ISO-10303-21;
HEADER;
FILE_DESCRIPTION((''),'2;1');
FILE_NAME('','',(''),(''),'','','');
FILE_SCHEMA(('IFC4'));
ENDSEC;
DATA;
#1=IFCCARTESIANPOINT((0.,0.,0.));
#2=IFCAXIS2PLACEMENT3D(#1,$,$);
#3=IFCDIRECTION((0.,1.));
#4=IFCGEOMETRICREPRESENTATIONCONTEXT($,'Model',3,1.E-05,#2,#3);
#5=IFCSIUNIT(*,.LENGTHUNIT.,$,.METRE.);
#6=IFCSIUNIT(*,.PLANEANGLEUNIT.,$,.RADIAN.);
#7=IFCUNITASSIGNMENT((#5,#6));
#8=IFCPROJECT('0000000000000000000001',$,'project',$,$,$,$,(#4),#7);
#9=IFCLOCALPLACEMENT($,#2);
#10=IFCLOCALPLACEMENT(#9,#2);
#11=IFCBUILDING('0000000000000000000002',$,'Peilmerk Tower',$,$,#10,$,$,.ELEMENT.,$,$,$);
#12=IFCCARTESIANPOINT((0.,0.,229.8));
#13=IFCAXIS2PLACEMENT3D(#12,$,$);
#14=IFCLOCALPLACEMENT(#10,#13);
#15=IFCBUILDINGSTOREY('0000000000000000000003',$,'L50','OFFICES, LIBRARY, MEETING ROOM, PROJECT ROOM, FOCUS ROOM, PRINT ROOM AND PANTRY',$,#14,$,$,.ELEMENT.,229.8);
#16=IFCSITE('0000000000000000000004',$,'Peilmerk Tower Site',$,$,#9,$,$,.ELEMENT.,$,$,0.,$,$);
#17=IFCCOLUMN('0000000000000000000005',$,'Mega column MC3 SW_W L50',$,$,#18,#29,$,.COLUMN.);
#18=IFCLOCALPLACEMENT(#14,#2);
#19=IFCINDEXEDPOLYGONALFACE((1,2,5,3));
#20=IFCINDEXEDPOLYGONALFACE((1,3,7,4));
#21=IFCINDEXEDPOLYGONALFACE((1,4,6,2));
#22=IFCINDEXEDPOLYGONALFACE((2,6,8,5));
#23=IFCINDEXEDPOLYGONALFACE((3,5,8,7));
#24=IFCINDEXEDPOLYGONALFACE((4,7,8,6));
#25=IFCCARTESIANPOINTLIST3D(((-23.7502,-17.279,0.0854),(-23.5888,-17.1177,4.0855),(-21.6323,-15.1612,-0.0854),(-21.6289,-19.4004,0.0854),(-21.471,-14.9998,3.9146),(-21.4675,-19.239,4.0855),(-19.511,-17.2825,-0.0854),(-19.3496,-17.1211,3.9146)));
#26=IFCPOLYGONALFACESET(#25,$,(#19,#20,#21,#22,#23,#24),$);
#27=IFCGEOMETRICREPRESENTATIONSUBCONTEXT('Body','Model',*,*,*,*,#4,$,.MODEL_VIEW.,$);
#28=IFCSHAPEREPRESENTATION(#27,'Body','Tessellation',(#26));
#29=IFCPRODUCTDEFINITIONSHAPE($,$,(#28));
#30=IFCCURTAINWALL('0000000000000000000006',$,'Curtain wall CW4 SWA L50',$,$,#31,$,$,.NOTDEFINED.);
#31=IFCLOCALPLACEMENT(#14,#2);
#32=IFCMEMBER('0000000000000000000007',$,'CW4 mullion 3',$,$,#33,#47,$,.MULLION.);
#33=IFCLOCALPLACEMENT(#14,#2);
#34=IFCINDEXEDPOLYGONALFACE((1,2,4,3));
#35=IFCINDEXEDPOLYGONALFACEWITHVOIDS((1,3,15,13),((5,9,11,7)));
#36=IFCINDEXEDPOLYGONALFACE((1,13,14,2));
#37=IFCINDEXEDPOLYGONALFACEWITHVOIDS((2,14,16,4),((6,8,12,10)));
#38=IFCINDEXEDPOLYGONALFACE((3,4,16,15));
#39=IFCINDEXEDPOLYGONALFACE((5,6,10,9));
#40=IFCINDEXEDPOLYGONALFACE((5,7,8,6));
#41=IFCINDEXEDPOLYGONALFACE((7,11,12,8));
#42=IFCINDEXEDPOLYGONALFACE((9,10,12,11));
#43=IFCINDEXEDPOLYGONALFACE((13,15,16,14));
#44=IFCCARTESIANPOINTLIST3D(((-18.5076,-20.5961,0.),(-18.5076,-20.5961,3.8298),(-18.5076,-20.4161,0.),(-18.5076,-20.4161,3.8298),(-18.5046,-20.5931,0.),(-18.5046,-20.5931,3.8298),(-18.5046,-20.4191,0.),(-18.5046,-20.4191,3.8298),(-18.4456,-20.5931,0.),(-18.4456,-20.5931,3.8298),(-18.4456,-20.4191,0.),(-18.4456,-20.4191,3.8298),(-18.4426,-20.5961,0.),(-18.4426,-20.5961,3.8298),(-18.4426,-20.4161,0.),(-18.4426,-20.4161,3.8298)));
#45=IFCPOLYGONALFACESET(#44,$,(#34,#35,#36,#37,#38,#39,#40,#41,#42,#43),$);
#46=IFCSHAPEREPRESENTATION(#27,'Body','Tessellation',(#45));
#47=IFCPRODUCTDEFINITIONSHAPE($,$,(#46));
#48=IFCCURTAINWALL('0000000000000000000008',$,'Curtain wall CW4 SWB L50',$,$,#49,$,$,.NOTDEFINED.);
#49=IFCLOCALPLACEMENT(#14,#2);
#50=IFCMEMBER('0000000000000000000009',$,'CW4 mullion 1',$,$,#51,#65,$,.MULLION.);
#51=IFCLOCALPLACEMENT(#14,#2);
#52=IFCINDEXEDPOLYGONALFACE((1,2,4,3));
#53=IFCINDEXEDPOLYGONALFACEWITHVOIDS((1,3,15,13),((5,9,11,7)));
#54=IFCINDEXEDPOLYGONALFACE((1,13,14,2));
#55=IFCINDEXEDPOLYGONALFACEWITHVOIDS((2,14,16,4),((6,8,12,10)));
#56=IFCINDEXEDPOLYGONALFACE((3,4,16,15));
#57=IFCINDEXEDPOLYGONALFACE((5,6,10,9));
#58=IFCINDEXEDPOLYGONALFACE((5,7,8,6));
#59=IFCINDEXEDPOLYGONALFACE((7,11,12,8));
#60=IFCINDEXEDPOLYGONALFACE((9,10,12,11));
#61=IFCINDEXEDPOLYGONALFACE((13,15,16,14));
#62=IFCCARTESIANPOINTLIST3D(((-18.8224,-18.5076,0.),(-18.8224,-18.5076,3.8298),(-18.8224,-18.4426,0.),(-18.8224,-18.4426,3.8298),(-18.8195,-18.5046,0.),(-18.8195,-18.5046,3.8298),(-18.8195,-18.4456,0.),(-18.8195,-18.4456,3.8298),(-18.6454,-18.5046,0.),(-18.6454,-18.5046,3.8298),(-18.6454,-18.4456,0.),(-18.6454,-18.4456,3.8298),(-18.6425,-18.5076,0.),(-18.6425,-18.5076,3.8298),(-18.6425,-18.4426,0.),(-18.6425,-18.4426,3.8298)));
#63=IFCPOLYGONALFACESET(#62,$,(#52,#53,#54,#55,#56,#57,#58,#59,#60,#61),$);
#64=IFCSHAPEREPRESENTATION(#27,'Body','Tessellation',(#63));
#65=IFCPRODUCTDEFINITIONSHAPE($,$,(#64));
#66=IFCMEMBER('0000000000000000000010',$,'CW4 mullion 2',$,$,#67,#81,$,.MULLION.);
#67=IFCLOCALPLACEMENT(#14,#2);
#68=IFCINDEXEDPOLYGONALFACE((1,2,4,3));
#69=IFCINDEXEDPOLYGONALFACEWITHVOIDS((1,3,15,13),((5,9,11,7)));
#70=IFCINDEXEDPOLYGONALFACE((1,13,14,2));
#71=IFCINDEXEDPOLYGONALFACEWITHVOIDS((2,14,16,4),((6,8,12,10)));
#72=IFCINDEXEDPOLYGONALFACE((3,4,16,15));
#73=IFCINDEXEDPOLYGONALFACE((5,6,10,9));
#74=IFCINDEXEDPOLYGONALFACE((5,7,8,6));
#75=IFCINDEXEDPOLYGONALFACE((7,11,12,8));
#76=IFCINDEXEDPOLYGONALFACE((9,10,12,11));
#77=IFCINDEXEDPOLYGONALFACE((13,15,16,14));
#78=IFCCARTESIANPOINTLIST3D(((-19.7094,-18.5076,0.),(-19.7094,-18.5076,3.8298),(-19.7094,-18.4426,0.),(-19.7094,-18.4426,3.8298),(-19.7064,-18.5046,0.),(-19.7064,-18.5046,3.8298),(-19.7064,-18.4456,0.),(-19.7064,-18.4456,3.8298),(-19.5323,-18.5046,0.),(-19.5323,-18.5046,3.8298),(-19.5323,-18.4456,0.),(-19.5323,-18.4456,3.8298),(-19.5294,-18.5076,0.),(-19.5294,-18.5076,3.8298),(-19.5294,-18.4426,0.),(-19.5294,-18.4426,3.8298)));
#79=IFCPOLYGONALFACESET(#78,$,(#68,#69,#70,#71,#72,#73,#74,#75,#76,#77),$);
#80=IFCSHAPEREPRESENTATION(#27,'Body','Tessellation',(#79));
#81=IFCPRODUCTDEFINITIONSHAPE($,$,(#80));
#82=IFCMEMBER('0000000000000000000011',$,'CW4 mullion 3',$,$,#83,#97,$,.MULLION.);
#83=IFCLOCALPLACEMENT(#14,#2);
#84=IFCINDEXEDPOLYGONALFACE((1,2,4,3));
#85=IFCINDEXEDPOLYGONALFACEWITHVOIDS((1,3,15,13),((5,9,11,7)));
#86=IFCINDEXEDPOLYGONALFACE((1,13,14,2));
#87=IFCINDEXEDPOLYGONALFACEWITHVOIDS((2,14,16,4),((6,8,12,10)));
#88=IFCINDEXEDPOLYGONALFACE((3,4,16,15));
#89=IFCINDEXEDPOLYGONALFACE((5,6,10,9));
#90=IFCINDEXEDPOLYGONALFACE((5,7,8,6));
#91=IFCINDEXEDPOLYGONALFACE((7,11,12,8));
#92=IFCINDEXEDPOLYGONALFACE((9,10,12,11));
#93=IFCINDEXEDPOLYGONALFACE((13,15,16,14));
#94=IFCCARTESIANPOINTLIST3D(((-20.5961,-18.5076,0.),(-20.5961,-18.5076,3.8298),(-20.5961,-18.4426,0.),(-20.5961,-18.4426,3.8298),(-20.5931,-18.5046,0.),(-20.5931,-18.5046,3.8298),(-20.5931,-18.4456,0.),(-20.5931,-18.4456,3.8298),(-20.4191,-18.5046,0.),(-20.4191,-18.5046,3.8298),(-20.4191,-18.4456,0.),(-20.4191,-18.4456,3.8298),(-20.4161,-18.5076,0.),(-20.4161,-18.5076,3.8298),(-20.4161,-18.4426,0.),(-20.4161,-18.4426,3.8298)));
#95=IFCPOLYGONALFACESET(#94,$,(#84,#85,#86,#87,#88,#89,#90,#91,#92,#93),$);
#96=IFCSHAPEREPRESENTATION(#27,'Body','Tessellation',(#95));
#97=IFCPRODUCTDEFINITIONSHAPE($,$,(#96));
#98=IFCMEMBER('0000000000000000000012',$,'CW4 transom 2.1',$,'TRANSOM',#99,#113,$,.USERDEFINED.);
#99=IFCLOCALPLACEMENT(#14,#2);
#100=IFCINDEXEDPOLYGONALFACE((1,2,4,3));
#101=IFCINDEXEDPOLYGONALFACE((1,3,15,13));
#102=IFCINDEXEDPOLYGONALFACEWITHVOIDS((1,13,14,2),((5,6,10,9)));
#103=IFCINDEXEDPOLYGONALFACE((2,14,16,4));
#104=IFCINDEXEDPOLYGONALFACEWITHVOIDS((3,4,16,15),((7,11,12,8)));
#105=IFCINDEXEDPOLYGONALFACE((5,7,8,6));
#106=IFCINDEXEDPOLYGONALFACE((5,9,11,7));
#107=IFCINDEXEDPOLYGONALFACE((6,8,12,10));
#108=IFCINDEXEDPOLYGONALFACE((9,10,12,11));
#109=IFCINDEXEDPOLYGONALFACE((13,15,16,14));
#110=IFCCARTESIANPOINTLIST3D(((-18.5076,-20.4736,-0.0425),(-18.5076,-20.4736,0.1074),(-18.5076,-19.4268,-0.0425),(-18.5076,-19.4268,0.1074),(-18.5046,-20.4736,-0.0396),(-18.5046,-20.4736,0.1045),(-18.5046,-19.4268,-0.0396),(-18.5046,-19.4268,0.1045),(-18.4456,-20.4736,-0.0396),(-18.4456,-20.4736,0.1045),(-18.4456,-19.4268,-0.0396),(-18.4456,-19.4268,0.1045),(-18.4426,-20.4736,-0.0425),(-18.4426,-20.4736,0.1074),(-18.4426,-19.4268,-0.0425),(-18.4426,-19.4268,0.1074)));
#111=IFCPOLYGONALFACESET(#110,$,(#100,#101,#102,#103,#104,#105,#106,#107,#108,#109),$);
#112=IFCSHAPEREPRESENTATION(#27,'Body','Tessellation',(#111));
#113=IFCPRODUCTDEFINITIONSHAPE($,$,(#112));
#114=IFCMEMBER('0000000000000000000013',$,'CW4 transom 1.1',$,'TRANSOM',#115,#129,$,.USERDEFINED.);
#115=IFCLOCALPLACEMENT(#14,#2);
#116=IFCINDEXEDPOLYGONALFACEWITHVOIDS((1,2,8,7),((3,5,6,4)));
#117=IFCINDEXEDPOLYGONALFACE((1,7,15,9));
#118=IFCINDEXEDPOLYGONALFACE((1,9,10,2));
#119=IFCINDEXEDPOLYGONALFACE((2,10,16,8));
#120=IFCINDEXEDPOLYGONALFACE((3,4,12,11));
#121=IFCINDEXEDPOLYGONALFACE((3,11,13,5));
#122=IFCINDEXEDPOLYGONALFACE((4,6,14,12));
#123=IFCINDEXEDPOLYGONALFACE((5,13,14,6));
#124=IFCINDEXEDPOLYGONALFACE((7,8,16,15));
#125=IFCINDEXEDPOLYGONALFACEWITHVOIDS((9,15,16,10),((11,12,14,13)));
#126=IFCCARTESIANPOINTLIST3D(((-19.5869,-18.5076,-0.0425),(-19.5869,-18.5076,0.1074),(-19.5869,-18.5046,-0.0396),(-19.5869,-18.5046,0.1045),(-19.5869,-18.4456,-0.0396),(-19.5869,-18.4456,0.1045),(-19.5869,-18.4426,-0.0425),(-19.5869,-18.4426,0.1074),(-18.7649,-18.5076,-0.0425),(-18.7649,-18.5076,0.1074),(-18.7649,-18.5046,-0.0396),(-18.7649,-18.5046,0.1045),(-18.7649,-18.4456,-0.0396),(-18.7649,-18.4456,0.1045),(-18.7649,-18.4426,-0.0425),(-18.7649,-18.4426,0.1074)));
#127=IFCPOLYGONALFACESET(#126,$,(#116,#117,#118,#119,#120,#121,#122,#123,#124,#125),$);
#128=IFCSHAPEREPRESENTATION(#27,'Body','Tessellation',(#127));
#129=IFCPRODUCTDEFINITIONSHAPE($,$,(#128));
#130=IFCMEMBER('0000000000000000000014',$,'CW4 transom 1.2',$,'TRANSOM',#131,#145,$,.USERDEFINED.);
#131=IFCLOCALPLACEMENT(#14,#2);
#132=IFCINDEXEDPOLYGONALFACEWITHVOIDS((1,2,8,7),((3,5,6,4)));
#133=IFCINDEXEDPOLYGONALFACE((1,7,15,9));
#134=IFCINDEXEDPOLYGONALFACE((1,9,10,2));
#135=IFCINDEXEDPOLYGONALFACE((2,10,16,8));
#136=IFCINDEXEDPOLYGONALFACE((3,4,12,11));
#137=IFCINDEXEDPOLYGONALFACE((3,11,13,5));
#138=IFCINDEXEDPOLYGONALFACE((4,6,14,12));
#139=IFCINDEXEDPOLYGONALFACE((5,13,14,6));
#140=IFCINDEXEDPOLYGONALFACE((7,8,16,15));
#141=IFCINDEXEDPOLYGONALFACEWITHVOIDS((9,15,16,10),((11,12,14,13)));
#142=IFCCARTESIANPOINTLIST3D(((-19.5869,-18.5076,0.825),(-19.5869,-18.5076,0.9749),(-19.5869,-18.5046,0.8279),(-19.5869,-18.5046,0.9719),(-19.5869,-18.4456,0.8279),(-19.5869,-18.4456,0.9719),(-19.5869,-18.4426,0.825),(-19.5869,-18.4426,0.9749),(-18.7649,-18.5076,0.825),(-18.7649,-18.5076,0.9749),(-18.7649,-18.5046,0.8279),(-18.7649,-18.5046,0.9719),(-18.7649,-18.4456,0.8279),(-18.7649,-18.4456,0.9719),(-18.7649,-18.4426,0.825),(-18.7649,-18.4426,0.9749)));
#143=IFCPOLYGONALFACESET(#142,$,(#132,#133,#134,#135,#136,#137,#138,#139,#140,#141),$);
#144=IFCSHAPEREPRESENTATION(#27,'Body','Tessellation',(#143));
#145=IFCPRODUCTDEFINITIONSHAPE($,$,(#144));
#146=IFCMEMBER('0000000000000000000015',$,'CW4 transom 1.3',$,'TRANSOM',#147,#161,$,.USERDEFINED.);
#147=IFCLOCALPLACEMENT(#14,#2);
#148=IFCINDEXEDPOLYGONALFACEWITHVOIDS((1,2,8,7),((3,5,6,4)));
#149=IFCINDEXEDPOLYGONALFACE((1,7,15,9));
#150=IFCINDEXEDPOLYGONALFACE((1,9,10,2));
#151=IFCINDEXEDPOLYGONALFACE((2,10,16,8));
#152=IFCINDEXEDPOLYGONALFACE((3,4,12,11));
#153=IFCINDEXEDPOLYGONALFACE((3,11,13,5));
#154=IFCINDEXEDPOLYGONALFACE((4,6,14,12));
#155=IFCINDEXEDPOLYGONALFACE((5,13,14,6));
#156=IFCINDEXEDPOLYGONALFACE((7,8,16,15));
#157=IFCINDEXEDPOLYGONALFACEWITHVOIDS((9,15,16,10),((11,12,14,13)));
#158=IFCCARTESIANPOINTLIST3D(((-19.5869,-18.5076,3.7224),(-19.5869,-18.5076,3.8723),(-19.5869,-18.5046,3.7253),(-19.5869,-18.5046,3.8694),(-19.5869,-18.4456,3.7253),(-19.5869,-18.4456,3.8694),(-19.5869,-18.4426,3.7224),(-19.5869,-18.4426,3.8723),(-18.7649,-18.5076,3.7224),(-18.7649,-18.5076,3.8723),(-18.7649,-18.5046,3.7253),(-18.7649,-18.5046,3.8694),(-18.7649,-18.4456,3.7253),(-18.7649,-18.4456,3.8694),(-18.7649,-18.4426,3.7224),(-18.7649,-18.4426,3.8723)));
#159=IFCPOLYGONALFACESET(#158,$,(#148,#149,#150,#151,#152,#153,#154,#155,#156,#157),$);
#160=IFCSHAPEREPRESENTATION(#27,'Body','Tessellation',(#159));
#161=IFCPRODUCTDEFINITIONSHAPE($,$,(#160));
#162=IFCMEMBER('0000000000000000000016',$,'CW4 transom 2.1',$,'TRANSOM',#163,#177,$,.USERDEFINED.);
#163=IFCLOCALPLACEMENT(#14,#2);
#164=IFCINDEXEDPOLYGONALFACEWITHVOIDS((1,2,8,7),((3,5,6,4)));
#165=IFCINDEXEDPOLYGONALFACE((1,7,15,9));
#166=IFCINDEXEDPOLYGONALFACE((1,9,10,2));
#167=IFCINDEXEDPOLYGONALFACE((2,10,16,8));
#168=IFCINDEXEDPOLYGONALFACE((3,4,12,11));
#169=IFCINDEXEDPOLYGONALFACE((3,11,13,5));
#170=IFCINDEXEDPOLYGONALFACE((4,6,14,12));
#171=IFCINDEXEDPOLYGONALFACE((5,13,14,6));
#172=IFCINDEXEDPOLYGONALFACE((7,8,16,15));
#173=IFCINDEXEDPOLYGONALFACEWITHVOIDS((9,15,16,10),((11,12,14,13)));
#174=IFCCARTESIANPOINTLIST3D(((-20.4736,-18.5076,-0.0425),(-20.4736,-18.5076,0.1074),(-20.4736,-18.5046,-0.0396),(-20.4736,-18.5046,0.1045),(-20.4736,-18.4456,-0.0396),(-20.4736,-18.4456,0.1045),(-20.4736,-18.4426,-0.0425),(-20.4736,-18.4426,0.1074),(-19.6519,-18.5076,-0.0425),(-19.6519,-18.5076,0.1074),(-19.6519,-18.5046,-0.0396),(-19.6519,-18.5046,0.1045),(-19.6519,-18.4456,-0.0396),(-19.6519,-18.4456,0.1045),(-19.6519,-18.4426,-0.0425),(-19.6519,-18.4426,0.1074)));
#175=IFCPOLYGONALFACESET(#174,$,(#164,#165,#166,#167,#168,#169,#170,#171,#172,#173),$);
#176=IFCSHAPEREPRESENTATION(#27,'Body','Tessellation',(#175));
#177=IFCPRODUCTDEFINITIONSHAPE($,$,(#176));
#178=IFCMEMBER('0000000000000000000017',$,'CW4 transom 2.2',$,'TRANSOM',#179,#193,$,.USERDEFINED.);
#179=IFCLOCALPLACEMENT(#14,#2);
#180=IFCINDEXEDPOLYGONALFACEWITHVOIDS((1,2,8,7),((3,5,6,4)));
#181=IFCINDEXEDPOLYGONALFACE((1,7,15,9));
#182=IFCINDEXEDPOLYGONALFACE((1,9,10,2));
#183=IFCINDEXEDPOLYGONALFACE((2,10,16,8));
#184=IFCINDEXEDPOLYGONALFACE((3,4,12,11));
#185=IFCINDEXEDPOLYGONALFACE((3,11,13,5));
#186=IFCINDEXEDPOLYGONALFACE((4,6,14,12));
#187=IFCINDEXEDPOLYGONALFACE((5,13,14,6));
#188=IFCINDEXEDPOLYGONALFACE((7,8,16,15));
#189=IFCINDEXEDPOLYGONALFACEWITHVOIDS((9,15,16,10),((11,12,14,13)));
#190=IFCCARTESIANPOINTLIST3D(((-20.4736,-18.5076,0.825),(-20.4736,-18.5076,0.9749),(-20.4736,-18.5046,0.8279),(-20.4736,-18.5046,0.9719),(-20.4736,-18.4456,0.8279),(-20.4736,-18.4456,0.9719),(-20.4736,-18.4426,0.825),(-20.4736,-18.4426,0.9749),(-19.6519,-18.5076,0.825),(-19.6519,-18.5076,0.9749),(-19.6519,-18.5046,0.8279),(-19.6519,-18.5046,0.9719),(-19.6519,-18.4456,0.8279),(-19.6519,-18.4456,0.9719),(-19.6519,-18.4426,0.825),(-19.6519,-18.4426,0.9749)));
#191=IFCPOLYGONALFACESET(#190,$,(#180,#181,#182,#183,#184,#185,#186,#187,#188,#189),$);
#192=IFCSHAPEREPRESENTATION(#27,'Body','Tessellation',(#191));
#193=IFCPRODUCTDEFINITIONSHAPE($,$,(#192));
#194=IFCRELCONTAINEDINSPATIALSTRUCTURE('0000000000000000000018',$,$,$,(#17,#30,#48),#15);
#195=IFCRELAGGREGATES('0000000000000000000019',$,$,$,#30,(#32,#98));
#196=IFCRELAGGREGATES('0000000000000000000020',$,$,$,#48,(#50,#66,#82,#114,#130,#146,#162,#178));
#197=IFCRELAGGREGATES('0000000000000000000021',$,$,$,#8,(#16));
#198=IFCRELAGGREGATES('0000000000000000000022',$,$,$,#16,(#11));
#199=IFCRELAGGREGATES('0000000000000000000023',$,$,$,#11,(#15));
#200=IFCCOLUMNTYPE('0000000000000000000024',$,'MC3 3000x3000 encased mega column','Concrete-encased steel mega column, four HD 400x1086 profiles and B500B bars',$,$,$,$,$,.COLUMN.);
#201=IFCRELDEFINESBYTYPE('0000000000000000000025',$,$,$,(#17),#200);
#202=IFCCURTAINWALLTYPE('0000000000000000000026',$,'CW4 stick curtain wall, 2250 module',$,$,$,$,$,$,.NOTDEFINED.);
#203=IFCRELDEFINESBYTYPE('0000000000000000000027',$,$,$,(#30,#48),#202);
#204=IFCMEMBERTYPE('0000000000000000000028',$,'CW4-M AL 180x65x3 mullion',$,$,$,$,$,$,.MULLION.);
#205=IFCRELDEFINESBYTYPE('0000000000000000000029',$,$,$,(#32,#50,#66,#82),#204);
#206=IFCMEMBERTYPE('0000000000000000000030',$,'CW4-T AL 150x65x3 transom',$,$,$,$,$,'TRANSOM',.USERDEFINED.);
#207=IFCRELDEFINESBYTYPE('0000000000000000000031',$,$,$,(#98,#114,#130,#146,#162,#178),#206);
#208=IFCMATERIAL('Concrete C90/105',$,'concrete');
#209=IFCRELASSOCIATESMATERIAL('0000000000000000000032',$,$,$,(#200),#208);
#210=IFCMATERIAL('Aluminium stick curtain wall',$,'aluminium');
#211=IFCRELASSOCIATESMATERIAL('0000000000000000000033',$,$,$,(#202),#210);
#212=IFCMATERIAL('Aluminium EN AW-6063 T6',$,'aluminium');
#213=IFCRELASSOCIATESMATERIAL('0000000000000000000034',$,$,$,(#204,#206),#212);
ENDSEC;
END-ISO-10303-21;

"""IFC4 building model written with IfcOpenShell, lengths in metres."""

from ifc_helpers import new_model, si_unit, direction, frame, origin, origin_2d, place, context, subcontext, project, spatial, rectangle, hollow_rectangle, extrude, material, material_profile, profile_set, type_object, element, aggregate, save


model = new_model("IFC4")

# Units and contexts
model_context = context("Model", 3, precision=1e-05, world=origin(), true_north=direction((0.0, 1.0)))
body_context = subcontext(model_context, "Body", "Model", "MODEL_VIEW")
ifc_project = project(units=[si_unit("LENGTHUNIT", "METRE"), si_unit("PLANEANGLEUNIT", "RADIAN")], contexts=[model_context])

# Site, building, storey
site_placement = place(None, origin())
site = spatial("IfcSite", under=ifc_project, at=site_placement, Name="Peilmerk Tower Site", CompositionType="ELEMENT", RefElevation=0.0)
building_placement = place(site_placement, origin())
building = spatial("IfcBuilding", under=site, at=building_placement, Name="Peilmerk Tower", CompositionType="ELEMENT")
storey_placement = place(building_placement, frame((0.0, 0.0, 229.8)))
storey = spatial("IfcBuildingStorey", under=building, at=storey_placement, Name="L50", Description="OFFICES, LIBRARY, MEETING ROOM, PROJECT ROOM, FOCUS ROOM, PRINT ROOM AND PANTRY", CompositionType="ELEMENT", Elevation=229.8)

# Column
ifc_material_1 = material(Name="Concrete C90/105", Category="concrete")
ifc_material_profile_1 = material_profile(ifc_material_1, rectangle(XDim=3.0, YDim=3.0, at=origin_2d()), Name="RC 3000x3000")
ifc_profile_set_1 = profile_set([ifc_material_profile_1], Name="Concrete C90/105")
column_type = type_object("IfcColumnType", Name="MC3 3000x3000 encased mega column", Description="Concrete-encased steel mega column, four HD 400x1086 profiles and B500B bars", PredefinedType="COLUMN", material=ifc_profile_set_1)
column_placement = place(storey_placement, frame((-21.6306, -17.2808, 0.0), z_axis=(0.040279, 0.040279, 0.998376), x_axis=(-0.707107, 0.707107, 0.0)))
element("IfcColumn", 1, at=column_placement, inside=storey, type_object=column_type, Name="Mega column MC3 SW_W L50", PredefinedType="COLUMN", context=body_context, shape_type="SweptSolid", body=[
    extrude(rectangle(XDim=3.0, YDim=3.0, at=origin_2d()), origin(), (0.0, 0.0, 1.0), 4.0066),
])

# Curtain wall, member
ifc_material_2 = material(Name="Aluminium stick curtain wall", Category="aluminium")
curtain_wall_type = type_object("IfcCurtainWallType", Name="CW4 stick curtain wall, 2250 module", PredefinedType="NOTDEFINED", material=ifc_material_2)
curtain_wall_1_placement = place(storey_placement, origin())
curtain_wall_1 = element("IfcCurtainWall", 2, at=curtain_wall_1_placement, inside=storey, type_object=curtain_wall_type, Name="Curtain wall CW4 SWA L50", PredefinedType="NOTDEFINED")
ifc_material_3 = material(Name="Aluminium EN AW-6063 T6", Category="aluminium")
ifc_material_profile_2 = material_profile(ifc_material_3, hollow_rectangle(XDim=0.0649, YDim=0.1799, WallThickness=0.0029, at=origin_2d()), Name="AL 180x65x3")
ifc_profile_set_2 = profile_set([ifc_material_profile_2], Name="Aluminium EN AW-6063 T6")
member_type_1 = type_object("IfcMemberType", Name="CW4-M AL 180x65x3 mullion", PredefinedType="MULLION", material=ifc_profile_set_2)
member_1_placement = place(storey_placement, frame((-18.4751, -20.5061, 0.0), z_axis=(0.0, 0.0, 1.0), x_axis=(1.0, 0.0, 0.0)))
member_1 = element("IfcMember", 3, at=member_1_placement, type_object=member_type_1, Name="CW4 mullion 3", PredefinedType="MULLION", context=body_context, shape_type="SweptSolid", body=[
    extrude(hollow_rectangle(XDim=0.0649, YDim=0.1799, WallThickness=0.0029, at=origin_2d()), origin(), (0.0, 0.0, 1.0), 3.8298),
])

# Curtain wall, members
curtain_wall_2_placement = place(storey_placement, origin())
curtain_wall_2 = element("IfcCurtainWall", 4, at=curtain_wall_2_placement, inside=storey, type_object=curtain_wall_type, Name="Curtain wall CW4 SWB L50", PredefinedType="NOTDEFINED")
member_2_placement = place(storey_placement, frame((-18.7324, -18.4751, 0.0), z_axis=(0.0, 0.0, 1.0), x_axis=(0.0, -1.0, 0.0)))
member_2 = element("IfcMember", 5, at=member_2_placement, type_object=member_type_1, Name="CW4 mullion 1", PredefinedType="MULLION", context=body_context, shape_type="SweptSolid", body=[
    extrude(hollow_rectangle(XDim=0.0649, YDim=0.1799, WallThickness=0.0029, at=origin_2d()), origin(), (0.0, 0.0, 1.0), 3.8298),
])
member_3_placement = place(storey_placement, frame((-19.6194, -18.4751, 0.0), z_axis=(0.0, 0.0, 1.0), x_axis=(0.0, -1.0, 0.0)))
member_3 = element("IfcMember", 6, at=member_3_placement, type_object=member_type_1, Name="CW4 mullion 2", PredefinedType="MULLION", context=body_context, shape_type="SweptSolid", body=[
    extrude(hollow_rectangle(XDim=0.0649, YDim=0.1799, WallThickness=0.0029, at=origin_2d()), origin(), (0.0, 0.0, 1.0), 3.8298),
])
member_4_placement = place(storey_placement, frame((-20.5061, -18.4751, 0.0), z_axis=(0.0, 0.0, 1.0), x_axis=(0.0, -1.0, 0.0)))
member_4 = element("IfcMember", 7, at=member_4_placement, type_object=member_type_1, Name="CW4 mullion 3", PredefinedType="MULLION", context=body_context, shape_type="SweptSolid", body=[
    extrude(hollow_rectangle(XDim=0.0649, YDim=0.1799, WallThickness=0.0029, at=origin_2d()), origin(), (0.0, 0.0, 1.0), 3.8298),
])

# Members
ifc_material_profile_3 = material_profile(ifc_material_3, hollow_rectangle(XDim=0.0649, YDim=0.1499, WallThickness=0.0029, at=origin_2d()), Name="AL 150x65x3")
ifc_profile_set_3 = profile_set([ifc_material_profile_3], Name="Aluminium EN AW-6063 T6")
member_type_2 = type_object("IfcMemberType", Name="CW4-T AL 150x65x3 transom", ElementType="TRANSOM", PredefinedType="USERDEFINED", material=ifc_profile_set_3)
member_5_placement = place(storey_placement, frame((-18.4751, -19.4268, 0.0325), z_axis=(0.0, -1.0, 0.0), x_axis=(1.0, 0.0, 0.0)))
member_5 = element("IfcMember", 8, at=member_5_placement, type_object=member_type_2, Name="CW4 transom 2.1", ObjectType="TRANSOM", PredefinedType="USERDEFINED", context=body_context, shape_type="SweptSolid", body=[
    extrude(hollow_rectangle(XDim=0.0649, YDim=0.1499, WallThickness=0.0029, at=origin_2d()), origin(), (0.0, 0.0, 1.0), 1.0469),
])
member_6_placement = place(storey_placement, frame((-18.7649, -18.4751, 0.0325), z_axis=(-1.0, 0.0, 0.0), x_axis=(0.0, -1.0, 0.0)))
member_6 = element("IfcMember", 9, at=member_6_placement, type_object=member_type_2, Name="CW4 transom 1.1", ObjectType="TRANSOM", PredefinedType="USERDEFINED", context=body_context, shape_type="SweptSolid", body=[
    extrude(hollow_rectangle(XDim=0.0649, YDim=0.1499, WallThickness=0.0029, at=origin_2d()), origin(), (0.0, 0.0, 1.0), 0.822),
])
member_7_placement = place(storey_placement, frame((-18.7649, -18.4751, 0.8999), z_axis=(-1.0, 0.0, 0.0), x_axis=(0.0, -1.0, 0.0)))
member_7 = element("IfcMember", 10, at=member_7_placement, type_object=member_type_2, Name="CW4 transom 1.2", ObjectType="TRANSOM", PredefinedType="USERDEFINED", context=body_context, shape_type="SweptSolid", body=[
    extrude(hollow_rectangle(XDim=0.0649, YDim=0.1499, WallThickness=0.0029, at=origin_2d()), origin(), (0.0, 0.0, 1.0), 0.822),
])
member_8_placement = place(storey_placement, frame((-18.7649, -18.4751, 3.7974), z_axis=(-1.0, 0.0, 0.0), x_axis=(0.0, -1.0, 0.0)))
member_8 = element("IfcMember", 11, at=member_8_placement, type_object=member_type_2, Name="CW4 transom 1.3", ObjectType="TRANSOM", PredefinedType="USERDEFINED", context=body_context, shape_type="SweptSolid", body=[
    extrude(hollow_rectangle(XDim=0.0649, YDim=0.1499, WallThickness=0.0029, at=origin_2d()), origin(), (0.0, 0.0, 1.0), 0.822),
])
member_9_placement = place(storey_placement, frame((-19.6519, -18.4751, 0.0325), z_axis=(-1.0, 0.0, 0.0), x_axis=(0.0, -1.0, 0.0)))
member_9 = element("IfcMember", 12, at=member_9_placement, type_object=member_type_2, Name="CW4 transom 2.1", ObjectType="TRANSOM", PredefinedType="USERDEFINED", context=body_context, shape_type="SweptSolid", body=[
    extrude(hollow_rectangle(XDim=0.0649, YDim=0.1499, WallThickness=0.0029, at=origin_2d()), origin(), (0.0, 0.0, 1.0), 0.8218),
])
member_10_placement = place(storey_placement, frame((-19.6519, -18.4751, 0.8999), z_axis=(-1.0, 0.0, 0.0), x_axis=(0.0, -1.0, 0.0)))
member_10 = element("IfcMember", 13, at=member_10_placement, type_object=member_type_2, Name="CW4 transom 2.2", ObjectType="TRANSOM", PredefinedType="USERDEFINED", context=body_context, shape_type="SweptSolid", body=[
    extrude(hollow_rectangle(XDim=0.0649, YDim=0.1499, WallThickness=0.0029, at=origin_2d()), origin(), (0.0, 0.0, 1.0), 0.8218),
])

aggregate(curtain_wall_1, [member_1, member_5])
aggregate(curtain_wall_2, [member_2, member_3, member_4, member_6, member_7, member_8, member_9, member_10])

save(model, "model.ifc")
